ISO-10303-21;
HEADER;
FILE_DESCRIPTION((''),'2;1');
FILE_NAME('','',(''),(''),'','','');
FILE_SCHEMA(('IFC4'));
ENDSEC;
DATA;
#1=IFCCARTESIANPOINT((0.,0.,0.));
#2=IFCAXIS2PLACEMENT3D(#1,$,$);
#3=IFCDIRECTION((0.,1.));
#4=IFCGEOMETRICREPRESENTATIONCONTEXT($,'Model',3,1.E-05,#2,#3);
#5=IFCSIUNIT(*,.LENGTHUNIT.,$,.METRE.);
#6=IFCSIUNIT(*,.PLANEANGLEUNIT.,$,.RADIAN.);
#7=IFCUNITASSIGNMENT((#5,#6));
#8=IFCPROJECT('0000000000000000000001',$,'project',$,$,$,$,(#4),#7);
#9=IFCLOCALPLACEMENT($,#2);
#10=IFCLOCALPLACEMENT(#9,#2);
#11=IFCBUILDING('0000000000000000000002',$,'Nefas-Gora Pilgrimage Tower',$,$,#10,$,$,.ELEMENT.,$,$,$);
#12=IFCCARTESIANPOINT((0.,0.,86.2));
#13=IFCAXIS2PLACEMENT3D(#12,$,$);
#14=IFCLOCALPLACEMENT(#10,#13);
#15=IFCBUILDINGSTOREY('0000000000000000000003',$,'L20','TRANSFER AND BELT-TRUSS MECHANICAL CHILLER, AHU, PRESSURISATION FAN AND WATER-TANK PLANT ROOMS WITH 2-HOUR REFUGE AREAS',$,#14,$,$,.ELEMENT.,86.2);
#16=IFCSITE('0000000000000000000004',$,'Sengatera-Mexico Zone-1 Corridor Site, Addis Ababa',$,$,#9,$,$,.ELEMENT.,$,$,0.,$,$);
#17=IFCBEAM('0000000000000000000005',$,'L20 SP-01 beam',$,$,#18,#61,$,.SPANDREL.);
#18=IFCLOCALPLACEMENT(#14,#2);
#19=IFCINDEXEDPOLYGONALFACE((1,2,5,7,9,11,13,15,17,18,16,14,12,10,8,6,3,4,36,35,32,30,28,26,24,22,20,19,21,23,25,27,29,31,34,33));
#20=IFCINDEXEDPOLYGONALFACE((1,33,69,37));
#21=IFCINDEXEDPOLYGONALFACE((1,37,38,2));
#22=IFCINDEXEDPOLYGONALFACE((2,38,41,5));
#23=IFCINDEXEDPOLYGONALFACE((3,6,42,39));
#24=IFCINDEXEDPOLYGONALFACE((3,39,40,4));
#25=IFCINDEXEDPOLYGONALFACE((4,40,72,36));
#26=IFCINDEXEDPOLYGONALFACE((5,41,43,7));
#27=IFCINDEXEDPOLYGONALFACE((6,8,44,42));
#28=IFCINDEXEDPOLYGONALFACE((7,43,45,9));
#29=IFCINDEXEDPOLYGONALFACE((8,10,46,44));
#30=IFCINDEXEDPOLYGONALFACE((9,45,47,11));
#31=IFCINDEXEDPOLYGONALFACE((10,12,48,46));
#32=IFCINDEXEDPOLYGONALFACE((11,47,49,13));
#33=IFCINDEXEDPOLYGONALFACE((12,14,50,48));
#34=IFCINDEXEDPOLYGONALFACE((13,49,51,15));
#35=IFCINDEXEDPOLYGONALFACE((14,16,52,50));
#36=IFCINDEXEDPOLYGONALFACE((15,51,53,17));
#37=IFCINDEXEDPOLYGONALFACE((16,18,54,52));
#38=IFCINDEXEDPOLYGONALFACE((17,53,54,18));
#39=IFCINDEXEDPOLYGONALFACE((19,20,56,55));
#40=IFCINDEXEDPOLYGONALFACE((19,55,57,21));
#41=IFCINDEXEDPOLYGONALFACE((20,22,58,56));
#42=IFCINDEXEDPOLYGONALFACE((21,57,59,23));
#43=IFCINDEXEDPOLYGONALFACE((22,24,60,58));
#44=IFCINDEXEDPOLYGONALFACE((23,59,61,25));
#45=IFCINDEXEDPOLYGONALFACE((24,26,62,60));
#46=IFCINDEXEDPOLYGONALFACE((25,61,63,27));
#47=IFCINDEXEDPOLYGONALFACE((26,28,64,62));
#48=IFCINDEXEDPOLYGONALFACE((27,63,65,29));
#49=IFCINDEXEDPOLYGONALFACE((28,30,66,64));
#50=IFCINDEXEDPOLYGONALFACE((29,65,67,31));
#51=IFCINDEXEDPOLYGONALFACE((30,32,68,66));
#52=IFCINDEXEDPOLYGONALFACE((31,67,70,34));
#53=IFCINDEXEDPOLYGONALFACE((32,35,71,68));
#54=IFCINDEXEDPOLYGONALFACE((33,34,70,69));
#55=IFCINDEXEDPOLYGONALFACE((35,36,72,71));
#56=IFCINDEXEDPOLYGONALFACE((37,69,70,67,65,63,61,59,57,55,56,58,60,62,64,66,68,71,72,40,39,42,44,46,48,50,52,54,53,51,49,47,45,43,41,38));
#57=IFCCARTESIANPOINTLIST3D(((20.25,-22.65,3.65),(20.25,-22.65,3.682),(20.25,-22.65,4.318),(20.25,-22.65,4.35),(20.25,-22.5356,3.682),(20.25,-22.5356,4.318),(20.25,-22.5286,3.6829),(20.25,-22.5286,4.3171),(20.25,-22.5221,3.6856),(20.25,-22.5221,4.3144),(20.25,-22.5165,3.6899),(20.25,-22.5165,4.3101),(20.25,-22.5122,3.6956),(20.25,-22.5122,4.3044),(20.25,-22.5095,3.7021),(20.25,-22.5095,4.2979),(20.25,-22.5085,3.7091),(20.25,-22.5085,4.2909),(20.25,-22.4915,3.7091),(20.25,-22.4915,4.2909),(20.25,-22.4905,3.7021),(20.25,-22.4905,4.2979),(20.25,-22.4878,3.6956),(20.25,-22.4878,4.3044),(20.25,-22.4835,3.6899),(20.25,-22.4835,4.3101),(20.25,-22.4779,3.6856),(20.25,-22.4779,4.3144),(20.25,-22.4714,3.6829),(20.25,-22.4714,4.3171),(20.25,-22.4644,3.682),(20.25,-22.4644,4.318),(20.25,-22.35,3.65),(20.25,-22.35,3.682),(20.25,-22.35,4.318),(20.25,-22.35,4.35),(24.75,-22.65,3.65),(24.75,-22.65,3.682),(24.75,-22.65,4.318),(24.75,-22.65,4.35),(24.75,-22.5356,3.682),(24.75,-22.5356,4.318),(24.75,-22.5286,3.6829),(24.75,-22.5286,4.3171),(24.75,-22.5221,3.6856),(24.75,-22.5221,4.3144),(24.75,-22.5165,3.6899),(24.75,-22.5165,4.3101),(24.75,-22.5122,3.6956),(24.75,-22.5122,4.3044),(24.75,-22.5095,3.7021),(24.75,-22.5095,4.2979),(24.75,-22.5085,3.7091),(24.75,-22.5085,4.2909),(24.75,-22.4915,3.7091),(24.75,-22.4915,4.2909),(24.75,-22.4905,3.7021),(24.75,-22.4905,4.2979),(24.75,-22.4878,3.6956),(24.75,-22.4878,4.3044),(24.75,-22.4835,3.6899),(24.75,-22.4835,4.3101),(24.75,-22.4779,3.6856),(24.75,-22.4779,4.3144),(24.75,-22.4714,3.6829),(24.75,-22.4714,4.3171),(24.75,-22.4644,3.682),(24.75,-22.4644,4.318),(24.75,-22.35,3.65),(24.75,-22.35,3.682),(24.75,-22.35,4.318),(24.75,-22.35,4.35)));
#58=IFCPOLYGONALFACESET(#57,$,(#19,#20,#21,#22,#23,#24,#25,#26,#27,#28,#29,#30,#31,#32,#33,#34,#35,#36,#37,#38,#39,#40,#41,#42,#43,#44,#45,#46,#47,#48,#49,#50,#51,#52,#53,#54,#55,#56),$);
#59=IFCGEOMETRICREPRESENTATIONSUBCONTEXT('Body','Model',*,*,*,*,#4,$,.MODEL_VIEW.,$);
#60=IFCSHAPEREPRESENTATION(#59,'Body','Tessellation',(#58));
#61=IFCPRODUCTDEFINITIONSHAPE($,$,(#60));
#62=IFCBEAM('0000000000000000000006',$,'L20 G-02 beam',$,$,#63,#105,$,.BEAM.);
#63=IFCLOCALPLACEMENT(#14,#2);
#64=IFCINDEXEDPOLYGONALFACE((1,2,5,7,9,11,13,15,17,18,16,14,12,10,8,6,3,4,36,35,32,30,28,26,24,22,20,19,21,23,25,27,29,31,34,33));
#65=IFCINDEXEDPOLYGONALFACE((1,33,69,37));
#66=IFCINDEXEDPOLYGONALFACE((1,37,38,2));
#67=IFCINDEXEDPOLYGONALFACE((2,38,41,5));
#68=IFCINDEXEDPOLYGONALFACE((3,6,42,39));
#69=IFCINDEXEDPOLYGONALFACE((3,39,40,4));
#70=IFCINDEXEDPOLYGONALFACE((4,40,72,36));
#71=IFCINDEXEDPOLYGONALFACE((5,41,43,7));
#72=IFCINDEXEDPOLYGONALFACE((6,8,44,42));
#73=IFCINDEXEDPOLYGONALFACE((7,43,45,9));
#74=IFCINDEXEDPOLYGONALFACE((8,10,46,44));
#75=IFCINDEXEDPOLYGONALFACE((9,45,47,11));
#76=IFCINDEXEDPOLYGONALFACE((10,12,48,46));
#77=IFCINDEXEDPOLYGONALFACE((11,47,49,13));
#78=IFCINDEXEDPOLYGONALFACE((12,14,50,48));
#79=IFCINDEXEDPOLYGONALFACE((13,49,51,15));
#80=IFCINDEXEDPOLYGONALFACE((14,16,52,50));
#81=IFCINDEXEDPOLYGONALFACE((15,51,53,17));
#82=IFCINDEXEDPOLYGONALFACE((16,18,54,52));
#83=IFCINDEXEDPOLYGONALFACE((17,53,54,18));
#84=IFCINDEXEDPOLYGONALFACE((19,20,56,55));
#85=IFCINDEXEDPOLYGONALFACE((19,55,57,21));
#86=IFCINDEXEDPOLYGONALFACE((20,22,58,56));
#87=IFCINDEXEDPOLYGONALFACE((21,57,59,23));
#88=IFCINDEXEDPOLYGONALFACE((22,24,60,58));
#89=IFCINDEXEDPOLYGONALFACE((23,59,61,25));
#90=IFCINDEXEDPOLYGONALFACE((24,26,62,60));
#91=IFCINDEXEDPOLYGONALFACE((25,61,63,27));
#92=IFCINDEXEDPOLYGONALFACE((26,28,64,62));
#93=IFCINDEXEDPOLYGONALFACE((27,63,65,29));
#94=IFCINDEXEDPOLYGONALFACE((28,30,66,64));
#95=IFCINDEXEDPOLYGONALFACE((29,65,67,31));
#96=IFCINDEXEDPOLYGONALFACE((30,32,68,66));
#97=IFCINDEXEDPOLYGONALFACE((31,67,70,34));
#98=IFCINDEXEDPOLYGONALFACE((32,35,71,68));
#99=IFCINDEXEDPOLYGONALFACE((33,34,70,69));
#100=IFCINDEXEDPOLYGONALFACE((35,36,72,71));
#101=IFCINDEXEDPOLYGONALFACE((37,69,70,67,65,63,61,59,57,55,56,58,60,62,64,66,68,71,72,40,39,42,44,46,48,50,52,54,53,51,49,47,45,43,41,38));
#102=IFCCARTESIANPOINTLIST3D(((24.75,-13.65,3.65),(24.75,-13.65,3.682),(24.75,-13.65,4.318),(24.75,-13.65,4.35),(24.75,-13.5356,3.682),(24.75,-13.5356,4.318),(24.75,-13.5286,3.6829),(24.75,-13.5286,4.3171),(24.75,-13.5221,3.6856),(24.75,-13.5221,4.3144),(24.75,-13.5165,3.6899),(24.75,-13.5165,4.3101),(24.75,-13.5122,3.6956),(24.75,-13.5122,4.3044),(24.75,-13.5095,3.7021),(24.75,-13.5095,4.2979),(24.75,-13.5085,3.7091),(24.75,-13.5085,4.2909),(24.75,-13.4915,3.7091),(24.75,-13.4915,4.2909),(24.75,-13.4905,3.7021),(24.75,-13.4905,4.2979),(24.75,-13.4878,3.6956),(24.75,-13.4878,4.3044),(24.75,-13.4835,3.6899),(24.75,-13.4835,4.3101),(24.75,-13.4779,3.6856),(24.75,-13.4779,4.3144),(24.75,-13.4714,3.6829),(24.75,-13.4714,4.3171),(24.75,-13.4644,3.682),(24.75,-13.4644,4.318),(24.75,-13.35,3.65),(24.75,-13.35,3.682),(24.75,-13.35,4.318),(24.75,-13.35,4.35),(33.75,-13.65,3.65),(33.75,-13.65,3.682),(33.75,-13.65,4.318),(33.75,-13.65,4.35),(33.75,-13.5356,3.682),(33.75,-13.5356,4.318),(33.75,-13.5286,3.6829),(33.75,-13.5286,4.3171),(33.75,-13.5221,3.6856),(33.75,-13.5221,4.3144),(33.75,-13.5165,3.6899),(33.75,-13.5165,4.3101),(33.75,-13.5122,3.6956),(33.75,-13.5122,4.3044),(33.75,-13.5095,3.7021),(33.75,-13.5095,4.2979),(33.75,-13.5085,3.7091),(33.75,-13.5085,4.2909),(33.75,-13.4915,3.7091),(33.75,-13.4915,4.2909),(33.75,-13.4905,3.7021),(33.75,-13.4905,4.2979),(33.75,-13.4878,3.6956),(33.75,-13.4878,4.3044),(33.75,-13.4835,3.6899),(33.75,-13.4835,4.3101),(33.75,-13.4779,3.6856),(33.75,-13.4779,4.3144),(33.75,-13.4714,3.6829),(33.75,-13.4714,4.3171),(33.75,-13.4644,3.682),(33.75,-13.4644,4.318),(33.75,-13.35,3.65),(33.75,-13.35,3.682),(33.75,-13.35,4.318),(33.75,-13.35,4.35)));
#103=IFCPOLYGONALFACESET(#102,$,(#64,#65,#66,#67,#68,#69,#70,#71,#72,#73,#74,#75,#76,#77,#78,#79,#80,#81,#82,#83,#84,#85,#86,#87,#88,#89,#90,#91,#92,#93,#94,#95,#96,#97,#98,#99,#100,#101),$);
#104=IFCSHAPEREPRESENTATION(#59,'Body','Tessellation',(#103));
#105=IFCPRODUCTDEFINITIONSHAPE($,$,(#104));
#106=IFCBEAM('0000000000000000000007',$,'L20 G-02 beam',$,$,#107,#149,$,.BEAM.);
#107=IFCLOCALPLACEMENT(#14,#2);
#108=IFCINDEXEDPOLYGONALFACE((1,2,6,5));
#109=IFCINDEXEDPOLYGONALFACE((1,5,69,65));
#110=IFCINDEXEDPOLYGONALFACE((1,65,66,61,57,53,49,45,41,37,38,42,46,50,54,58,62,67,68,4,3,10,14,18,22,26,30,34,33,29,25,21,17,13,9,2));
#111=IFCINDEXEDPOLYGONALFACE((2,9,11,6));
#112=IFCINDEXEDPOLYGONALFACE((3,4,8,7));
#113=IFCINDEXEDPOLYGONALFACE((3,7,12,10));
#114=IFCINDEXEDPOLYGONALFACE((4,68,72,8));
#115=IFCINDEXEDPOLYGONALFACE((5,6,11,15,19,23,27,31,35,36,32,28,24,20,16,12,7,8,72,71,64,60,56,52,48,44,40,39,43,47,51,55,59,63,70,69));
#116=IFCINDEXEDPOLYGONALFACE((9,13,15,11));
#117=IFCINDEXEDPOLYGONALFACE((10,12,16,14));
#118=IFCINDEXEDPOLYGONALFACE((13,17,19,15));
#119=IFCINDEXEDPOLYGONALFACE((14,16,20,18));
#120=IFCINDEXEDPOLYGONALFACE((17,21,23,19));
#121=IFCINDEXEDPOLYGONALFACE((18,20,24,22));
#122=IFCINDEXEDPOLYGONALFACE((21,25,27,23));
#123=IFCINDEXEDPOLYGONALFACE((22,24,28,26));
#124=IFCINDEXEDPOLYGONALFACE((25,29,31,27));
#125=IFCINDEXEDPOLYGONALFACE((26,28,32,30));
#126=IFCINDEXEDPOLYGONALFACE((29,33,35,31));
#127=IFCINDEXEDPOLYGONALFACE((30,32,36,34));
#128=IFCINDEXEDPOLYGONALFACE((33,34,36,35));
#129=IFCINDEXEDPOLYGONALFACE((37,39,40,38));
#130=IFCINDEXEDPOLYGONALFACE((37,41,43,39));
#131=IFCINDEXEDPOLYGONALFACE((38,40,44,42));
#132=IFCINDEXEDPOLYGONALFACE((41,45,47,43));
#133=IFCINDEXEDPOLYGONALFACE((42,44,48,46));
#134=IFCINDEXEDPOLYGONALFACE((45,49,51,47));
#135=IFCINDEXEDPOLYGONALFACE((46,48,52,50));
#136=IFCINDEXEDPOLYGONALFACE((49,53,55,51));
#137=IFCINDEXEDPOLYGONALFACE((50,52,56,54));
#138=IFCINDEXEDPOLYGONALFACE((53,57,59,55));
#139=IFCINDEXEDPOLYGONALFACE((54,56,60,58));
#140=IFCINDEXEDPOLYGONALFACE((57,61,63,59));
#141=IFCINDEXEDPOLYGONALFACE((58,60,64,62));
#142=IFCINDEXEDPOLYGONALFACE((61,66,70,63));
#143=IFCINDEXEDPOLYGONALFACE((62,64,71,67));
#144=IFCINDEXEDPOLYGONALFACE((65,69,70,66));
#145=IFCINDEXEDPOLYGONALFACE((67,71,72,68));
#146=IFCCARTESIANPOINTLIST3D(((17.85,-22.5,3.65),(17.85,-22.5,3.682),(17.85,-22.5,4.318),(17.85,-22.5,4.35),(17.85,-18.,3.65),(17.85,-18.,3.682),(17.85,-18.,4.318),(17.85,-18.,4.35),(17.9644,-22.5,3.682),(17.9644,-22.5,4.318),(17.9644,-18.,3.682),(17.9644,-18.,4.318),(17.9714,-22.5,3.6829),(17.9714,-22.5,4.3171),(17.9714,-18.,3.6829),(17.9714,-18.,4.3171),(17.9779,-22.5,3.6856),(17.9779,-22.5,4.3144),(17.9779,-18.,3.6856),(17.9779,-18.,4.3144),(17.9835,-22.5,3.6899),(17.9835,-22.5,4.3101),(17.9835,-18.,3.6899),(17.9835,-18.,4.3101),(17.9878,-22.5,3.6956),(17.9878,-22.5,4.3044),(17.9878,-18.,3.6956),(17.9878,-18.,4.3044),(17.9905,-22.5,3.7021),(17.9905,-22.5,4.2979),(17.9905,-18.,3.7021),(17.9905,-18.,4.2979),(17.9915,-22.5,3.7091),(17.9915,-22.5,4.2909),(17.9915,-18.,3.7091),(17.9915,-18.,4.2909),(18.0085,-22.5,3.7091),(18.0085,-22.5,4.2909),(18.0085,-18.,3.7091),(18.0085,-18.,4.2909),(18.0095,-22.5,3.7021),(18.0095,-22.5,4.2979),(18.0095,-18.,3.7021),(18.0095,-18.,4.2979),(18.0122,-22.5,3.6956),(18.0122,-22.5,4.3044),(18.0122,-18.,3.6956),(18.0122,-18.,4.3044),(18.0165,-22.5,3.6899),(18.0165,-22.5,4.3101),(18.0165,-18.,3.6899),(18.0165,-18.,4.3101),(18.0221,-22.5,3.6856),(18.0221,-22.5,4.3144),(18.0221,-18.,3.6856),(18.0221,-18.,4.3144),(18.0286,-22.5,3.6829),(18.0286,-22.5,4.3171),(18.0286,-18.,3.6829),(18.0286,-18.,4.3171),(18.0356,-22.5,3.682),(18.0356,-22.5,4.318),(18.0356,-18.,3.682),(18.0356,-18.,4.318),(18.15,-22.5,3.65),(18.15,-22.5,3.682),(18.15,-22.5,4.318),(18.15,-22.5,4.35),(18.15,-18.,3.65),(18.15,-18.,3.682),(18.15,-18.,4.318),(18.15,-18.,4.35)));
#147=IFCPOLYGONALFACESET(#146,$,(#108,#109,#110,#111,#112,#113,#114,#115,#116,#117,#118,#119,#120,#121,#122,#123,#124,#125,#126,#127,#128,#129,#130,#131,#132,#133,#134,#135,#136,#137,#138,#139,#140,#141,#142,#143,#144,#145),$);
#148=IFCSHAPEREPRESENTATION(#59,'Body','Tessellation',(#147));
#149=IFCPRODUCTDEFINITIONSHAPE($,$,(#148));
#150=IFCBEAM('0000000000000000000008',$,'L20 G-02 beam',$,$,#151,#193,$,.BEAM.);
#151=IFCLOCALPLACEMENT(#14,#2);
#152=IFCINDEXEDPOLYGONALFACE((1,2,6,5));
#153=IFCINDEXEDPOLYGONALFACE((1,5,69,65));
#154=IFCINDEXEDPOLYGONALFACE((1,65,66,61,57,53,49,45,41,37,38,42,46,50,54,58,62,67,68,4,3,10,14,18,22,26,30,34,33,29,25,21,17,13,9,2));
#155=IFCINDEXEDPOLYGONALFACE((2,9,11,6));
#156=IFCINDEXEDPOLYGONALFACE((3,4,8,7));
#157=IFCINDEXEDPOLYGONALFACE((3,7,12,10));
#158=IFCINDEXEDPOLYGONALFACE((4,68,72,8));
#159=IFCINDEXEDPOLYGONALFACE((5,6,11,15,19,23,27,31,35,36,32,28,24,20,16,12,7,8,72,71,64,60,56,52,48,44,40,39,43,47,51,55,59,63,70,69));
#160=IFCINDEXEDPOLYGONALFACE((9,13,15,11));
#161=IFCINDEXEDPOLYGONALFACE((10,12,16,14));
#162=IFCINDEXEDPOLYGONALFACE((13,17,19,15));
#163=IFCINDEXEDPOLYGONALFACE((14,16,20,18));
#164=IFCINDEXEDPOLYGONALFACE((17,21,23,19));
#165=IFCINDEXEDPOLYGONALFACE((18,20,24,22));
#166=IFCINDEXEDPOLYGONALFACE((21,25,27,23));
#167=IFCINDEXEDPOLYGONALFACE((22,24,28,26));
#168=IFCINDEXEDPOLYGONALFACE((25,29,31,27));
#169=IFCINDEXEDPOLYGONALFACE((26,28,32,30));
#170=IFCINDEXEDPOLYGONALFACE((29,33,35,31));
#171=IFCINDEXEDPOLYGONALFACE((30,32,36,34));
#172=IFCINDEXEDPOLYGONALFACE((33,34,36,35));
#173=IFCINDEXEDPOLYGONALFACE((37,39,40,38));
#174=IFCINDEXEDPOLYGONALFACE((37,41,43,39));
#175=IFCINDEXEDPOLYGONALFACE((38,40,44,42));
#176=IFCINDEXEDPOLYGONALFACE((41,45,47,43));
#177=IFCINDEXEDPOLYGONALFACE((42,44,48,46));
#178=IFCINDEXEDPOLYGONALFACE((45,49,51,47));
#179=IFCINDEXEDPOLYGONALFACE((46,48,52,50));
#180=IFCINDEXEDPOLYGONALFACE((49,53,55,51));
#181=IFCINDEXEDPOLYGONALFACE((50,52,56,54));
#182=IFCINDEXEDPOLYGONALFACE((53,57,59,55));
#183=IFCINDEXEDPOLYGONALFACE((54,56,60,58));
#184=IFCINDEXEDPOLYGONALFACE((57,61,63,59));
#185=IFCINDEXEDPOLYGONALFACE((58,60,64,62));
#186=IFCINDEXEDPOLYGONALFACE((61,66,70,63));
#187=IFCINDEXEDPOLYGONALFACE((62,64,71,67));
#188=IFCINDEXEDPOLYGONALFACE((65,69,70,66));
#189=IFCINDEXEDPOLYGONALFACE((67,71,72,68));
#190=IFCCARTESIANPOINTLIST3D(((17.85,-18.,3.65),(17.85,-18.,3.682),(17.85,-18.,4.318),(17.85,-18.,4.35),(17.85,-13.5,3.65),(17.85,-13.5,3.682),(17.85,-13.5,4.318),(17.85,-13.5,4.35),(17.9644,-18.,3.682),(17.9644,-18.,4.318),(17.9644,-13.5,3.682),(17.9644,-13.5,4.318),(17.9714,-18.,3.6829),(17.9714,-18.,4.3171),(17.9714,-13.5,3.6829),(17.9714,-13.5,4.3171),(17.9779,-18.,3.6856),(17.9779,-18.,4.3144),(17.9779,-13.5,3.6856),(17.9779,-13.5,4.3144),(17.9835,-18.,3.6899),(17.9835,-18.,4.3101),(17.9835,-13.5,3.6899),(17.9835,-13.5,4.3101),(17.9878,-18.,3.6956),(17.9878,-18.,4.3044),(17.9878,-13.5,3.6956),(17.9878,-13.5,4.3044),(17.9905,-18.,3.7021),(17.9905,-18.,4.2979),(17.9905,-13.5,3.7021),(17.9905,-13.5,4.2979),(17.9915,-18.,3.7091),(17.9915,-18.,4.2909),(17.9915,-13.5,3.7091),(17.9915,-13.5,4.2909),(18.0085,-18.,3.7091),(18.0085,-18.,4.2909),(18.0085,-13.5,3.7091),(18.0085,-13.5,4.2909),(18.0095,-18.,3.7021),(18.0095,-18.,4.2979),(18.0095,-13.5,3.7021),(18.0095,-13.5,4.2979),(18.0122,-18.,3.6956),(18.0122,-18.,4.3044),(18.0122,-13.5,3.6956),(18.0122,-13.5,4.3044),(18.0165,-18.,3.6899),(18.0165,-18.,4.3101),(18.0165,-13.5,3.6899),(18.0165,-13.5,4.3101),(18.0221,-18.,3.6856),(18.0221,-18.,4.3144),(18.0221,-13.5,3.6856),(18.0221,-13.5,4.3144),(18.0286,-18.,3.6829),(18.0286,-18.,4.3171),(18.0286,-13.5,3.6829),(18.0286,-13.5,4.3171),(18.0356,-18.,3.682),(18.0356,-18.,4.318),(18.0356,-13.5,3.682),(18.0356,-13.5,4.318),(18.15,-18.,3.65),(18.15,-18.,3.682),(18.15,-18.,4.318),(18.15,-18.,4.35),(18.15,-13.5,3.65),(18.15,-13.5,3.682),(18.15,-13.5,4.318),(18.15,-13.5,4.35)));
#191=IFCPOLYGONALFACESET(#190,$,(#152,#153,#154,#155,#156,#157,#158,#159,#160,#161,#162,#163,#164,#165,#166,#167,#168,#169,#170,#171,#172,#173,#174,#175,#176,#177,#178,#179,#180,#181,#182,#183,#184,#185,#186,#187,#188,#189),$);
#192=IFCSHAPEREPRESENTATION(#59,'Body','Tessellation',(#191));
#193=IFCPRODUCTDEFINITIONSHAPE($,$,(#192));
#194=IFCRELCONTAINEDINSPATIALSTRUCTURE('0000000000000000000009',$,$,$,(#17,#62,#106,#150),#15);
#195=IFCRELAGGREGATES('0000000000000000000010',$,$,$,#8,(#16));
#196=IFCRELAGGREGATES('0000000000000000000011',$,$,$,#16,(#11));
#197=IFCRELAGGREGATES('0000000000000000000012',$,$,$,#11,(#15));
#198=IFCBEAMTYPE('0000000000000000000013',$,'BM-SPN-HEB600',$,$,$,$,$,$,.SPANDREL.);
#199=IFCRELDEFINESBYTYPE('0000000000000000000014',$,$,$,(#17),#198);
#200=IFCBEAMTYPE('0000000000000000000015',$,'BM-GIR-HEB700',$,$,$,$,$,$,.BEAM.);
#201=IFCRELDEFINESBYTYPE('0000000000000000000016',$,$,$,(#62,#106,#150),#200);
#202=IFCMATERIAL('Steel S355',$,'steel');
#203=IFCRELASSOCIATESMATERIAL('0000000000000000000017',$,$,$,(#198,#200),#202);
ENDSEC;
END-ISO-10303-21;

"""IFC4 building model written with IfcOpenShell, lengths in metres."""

from ifc_helpers import new_model, si_unit, direction, frame, origin, origin_2d, place, context, subcontext, project, spatial, i_section, extrude, source, transform, mapped, material, material_profile, profile_set, type_object, element, save


model = new_model("IFC4")

# Units and contexts
model_context = context("Model", 3, precision=1e-05, world=origin(), true_north=direction((0.0, 1.0)))
body_context = subcontext(model_context, "Body", "Model", "MODEL_VIEW")
ifc_project = project(units=[si_unit("LENGTHUNIT", "METRE"), si_unit("PLANEANGLEUNIT", "RADIAN")], contexts=[model_context])

# Site, building, storey
site_placement = place(None, origin())
site = spatial("IfcSite", under=ifc_project, at=site_placement, Name="Sengatera-Mexico Zone-1 Corridor Site, Addis Ababa", CompositionType="ELEMENT", RefElevation=0.0)
building_placement = place(site_placement, origin())
building = spatial("IfcBuilding", under=site, at=building_placement, Name="Nefas-Gora Pilgrimage Tower", CompositionType="ELEMENT")
storey_placement = place(building_placement, frame((0.0, 0.0, 86.2)))
storey = spatial("IfcBuildingStorey", under=building, at=storey_placement, Name="L20", Description="TRANSFER AND BELT-TRUSS MECHANICAL CHILLER, AHU, PRESSURISATION FAN AND WATER-TANK PLANT ROOMS WITH 2-HOUR REFUGE AREAS", CompositionType="ELEMENT", Elevation=86.2)

# Beams
ifc_material_1 = material(Name="Steel S355", Category="steel")
ifc_material_profile_1 = material_profile(ifc_material_1, i_section(OverallWidth=0.3, OverallDepth=0.7, WebThickness=0.0171, FlangeThickness=0.032, FilletRadius=0.0271, at=origin_2d()), Name="HEB 700")
ifc_profile_set_1 = profile_set([ifc_material_profile_1], Name="Steel S355")
beam_type_1 = type_object("IfcBeamType", Name="BM-SPN-HEB600", PredefinedType="SPANDREL", material=ifc_profile_set_1)
shared_shape_1 = source(origin(), body_context, "Body", "SweptSolid", [
    extrude(i_section(OverallWidth=0.3, OverallDepth=0.7, WebThickness=0.0171, FlangeThickness=0.032, FilletRadius=0.0271, at=origin_2d()), origin(), (0.0, 0.0, 1.0), 4.5),
])
beam_1_placement = place(storey_placement, frame((20.25, -22.5, 4.0), z_axis=(1.0, 0.0, 0.0), x_axis=(0.0, 1.0, 0.0)))
element("IfcBeam", 1, at=beam_1_placement, inside=storey, type_object=beam_type_1, Name="L20 SP-01 beam", PredefinedType="SPANDREL", context=body_context, shape_type="MappedRepresentation", body=[
    mapped(shared_shape_1, transform((0.0, 0.0, 0.0), x_axis=(1.0, 0.0, 0.0), y_axis=(0.0, 1.0, 0.0), z_axis=(0.0, 0.0, 1.0), scale=1.0)),
])
ifc_material_profile_2 = material_profile(ifc_material_1, i_section(OverallWidth=0.3, OverallDepth=0.7, WebThickness=0.0171, FlangeThickness=0.032, FilletRadius=0.0271, at=origin_2d()), Name="HEB 700")
ifc_profile_set_2 = profile_set([ifc_material_profile_2], Name="Steel S355")
beam_type_2 = type_object("IfcBeamType", Name="BM-GIR-HEB700", PredefinedType="BEAM", material=ifc_profile_set_2)
shared_shape_2 = source(origin(), body_context, "Body", "SweptSolid", [
    extrude(i_section(OverallWidth=0.3, OverallDepth=0.7, WebThickness=0.0171, FlangeThickness=0.032, FilletRadius=0.0271, at=origin_2d()), origin(), (0.0, 0.0, 1.0), 9.0),
])
beam_2_placement = place(storey_placement, frame((24.75, -13.5, 4.0), z_axis=(1.0, 0.0, 0.0), x_axis=(0.0, 1.0, 0.0)))
element("IfcBeam", 2, at=beam_2_placement, inside=storey, type_object=beam_type_2, Name="L20 G-02 beam", PredefinedType="BEAM", context=body_context, shape_type="MappedRepresentation", body=[
    mapped(shared_shape_2, transform((0.0, 0.0, 0.0), x_axis=(1.0, 0.0, 0.0), y_axis=(0.0, 1.0, 0.0), z_axis=(0.0, 0.0, 1.0), scale=1.0)),
])
shared_shape_3 = source(origin(), body_context, "Body", "SweptSolid", [
    extrude(i_section(OverallWidth=0.3, OverallDepth=0.7, WebThickness=0.0171, FlangeThickness=0.032, FilletRadius=0.0271, at=origin_2d()), origin(), (0.0, 0.0, 1.0), 4.5),
])
for number, where, z_axis, x_axis, name in (
    (3, (18.0, -22.5, 4.0), (0.0, 1.0, 0.0), (-1.0, 0.0, 0.0), "L20 G-02 beam"),
    (4, (18.0, -18.0, 4.0), (0.0, 1.0, 0.0), (-1.0, 0.0, 0.0), "L20 G-02 beam"),
):
    element("IfcBeam", number, at=place(storey_placement, frame(where, z_axis=z_axis, x_axis=x_axis)), inside=storey, type_object=beam_type_2, Name=name, PredefinedType="BEAM", context=body_context, shape_type="MappedRepresentation", body=[
        mapped(shared_shape_3, transform((0.0, 0.0, 0.0), x_axis=(1.0, 0.0, 0.0), y_axis=(0.0, 1.0, 0.0), z_axis=(0.0, 0.0, 1.0), scale=1.0)),
    ])

save(model, "model.ifc")
